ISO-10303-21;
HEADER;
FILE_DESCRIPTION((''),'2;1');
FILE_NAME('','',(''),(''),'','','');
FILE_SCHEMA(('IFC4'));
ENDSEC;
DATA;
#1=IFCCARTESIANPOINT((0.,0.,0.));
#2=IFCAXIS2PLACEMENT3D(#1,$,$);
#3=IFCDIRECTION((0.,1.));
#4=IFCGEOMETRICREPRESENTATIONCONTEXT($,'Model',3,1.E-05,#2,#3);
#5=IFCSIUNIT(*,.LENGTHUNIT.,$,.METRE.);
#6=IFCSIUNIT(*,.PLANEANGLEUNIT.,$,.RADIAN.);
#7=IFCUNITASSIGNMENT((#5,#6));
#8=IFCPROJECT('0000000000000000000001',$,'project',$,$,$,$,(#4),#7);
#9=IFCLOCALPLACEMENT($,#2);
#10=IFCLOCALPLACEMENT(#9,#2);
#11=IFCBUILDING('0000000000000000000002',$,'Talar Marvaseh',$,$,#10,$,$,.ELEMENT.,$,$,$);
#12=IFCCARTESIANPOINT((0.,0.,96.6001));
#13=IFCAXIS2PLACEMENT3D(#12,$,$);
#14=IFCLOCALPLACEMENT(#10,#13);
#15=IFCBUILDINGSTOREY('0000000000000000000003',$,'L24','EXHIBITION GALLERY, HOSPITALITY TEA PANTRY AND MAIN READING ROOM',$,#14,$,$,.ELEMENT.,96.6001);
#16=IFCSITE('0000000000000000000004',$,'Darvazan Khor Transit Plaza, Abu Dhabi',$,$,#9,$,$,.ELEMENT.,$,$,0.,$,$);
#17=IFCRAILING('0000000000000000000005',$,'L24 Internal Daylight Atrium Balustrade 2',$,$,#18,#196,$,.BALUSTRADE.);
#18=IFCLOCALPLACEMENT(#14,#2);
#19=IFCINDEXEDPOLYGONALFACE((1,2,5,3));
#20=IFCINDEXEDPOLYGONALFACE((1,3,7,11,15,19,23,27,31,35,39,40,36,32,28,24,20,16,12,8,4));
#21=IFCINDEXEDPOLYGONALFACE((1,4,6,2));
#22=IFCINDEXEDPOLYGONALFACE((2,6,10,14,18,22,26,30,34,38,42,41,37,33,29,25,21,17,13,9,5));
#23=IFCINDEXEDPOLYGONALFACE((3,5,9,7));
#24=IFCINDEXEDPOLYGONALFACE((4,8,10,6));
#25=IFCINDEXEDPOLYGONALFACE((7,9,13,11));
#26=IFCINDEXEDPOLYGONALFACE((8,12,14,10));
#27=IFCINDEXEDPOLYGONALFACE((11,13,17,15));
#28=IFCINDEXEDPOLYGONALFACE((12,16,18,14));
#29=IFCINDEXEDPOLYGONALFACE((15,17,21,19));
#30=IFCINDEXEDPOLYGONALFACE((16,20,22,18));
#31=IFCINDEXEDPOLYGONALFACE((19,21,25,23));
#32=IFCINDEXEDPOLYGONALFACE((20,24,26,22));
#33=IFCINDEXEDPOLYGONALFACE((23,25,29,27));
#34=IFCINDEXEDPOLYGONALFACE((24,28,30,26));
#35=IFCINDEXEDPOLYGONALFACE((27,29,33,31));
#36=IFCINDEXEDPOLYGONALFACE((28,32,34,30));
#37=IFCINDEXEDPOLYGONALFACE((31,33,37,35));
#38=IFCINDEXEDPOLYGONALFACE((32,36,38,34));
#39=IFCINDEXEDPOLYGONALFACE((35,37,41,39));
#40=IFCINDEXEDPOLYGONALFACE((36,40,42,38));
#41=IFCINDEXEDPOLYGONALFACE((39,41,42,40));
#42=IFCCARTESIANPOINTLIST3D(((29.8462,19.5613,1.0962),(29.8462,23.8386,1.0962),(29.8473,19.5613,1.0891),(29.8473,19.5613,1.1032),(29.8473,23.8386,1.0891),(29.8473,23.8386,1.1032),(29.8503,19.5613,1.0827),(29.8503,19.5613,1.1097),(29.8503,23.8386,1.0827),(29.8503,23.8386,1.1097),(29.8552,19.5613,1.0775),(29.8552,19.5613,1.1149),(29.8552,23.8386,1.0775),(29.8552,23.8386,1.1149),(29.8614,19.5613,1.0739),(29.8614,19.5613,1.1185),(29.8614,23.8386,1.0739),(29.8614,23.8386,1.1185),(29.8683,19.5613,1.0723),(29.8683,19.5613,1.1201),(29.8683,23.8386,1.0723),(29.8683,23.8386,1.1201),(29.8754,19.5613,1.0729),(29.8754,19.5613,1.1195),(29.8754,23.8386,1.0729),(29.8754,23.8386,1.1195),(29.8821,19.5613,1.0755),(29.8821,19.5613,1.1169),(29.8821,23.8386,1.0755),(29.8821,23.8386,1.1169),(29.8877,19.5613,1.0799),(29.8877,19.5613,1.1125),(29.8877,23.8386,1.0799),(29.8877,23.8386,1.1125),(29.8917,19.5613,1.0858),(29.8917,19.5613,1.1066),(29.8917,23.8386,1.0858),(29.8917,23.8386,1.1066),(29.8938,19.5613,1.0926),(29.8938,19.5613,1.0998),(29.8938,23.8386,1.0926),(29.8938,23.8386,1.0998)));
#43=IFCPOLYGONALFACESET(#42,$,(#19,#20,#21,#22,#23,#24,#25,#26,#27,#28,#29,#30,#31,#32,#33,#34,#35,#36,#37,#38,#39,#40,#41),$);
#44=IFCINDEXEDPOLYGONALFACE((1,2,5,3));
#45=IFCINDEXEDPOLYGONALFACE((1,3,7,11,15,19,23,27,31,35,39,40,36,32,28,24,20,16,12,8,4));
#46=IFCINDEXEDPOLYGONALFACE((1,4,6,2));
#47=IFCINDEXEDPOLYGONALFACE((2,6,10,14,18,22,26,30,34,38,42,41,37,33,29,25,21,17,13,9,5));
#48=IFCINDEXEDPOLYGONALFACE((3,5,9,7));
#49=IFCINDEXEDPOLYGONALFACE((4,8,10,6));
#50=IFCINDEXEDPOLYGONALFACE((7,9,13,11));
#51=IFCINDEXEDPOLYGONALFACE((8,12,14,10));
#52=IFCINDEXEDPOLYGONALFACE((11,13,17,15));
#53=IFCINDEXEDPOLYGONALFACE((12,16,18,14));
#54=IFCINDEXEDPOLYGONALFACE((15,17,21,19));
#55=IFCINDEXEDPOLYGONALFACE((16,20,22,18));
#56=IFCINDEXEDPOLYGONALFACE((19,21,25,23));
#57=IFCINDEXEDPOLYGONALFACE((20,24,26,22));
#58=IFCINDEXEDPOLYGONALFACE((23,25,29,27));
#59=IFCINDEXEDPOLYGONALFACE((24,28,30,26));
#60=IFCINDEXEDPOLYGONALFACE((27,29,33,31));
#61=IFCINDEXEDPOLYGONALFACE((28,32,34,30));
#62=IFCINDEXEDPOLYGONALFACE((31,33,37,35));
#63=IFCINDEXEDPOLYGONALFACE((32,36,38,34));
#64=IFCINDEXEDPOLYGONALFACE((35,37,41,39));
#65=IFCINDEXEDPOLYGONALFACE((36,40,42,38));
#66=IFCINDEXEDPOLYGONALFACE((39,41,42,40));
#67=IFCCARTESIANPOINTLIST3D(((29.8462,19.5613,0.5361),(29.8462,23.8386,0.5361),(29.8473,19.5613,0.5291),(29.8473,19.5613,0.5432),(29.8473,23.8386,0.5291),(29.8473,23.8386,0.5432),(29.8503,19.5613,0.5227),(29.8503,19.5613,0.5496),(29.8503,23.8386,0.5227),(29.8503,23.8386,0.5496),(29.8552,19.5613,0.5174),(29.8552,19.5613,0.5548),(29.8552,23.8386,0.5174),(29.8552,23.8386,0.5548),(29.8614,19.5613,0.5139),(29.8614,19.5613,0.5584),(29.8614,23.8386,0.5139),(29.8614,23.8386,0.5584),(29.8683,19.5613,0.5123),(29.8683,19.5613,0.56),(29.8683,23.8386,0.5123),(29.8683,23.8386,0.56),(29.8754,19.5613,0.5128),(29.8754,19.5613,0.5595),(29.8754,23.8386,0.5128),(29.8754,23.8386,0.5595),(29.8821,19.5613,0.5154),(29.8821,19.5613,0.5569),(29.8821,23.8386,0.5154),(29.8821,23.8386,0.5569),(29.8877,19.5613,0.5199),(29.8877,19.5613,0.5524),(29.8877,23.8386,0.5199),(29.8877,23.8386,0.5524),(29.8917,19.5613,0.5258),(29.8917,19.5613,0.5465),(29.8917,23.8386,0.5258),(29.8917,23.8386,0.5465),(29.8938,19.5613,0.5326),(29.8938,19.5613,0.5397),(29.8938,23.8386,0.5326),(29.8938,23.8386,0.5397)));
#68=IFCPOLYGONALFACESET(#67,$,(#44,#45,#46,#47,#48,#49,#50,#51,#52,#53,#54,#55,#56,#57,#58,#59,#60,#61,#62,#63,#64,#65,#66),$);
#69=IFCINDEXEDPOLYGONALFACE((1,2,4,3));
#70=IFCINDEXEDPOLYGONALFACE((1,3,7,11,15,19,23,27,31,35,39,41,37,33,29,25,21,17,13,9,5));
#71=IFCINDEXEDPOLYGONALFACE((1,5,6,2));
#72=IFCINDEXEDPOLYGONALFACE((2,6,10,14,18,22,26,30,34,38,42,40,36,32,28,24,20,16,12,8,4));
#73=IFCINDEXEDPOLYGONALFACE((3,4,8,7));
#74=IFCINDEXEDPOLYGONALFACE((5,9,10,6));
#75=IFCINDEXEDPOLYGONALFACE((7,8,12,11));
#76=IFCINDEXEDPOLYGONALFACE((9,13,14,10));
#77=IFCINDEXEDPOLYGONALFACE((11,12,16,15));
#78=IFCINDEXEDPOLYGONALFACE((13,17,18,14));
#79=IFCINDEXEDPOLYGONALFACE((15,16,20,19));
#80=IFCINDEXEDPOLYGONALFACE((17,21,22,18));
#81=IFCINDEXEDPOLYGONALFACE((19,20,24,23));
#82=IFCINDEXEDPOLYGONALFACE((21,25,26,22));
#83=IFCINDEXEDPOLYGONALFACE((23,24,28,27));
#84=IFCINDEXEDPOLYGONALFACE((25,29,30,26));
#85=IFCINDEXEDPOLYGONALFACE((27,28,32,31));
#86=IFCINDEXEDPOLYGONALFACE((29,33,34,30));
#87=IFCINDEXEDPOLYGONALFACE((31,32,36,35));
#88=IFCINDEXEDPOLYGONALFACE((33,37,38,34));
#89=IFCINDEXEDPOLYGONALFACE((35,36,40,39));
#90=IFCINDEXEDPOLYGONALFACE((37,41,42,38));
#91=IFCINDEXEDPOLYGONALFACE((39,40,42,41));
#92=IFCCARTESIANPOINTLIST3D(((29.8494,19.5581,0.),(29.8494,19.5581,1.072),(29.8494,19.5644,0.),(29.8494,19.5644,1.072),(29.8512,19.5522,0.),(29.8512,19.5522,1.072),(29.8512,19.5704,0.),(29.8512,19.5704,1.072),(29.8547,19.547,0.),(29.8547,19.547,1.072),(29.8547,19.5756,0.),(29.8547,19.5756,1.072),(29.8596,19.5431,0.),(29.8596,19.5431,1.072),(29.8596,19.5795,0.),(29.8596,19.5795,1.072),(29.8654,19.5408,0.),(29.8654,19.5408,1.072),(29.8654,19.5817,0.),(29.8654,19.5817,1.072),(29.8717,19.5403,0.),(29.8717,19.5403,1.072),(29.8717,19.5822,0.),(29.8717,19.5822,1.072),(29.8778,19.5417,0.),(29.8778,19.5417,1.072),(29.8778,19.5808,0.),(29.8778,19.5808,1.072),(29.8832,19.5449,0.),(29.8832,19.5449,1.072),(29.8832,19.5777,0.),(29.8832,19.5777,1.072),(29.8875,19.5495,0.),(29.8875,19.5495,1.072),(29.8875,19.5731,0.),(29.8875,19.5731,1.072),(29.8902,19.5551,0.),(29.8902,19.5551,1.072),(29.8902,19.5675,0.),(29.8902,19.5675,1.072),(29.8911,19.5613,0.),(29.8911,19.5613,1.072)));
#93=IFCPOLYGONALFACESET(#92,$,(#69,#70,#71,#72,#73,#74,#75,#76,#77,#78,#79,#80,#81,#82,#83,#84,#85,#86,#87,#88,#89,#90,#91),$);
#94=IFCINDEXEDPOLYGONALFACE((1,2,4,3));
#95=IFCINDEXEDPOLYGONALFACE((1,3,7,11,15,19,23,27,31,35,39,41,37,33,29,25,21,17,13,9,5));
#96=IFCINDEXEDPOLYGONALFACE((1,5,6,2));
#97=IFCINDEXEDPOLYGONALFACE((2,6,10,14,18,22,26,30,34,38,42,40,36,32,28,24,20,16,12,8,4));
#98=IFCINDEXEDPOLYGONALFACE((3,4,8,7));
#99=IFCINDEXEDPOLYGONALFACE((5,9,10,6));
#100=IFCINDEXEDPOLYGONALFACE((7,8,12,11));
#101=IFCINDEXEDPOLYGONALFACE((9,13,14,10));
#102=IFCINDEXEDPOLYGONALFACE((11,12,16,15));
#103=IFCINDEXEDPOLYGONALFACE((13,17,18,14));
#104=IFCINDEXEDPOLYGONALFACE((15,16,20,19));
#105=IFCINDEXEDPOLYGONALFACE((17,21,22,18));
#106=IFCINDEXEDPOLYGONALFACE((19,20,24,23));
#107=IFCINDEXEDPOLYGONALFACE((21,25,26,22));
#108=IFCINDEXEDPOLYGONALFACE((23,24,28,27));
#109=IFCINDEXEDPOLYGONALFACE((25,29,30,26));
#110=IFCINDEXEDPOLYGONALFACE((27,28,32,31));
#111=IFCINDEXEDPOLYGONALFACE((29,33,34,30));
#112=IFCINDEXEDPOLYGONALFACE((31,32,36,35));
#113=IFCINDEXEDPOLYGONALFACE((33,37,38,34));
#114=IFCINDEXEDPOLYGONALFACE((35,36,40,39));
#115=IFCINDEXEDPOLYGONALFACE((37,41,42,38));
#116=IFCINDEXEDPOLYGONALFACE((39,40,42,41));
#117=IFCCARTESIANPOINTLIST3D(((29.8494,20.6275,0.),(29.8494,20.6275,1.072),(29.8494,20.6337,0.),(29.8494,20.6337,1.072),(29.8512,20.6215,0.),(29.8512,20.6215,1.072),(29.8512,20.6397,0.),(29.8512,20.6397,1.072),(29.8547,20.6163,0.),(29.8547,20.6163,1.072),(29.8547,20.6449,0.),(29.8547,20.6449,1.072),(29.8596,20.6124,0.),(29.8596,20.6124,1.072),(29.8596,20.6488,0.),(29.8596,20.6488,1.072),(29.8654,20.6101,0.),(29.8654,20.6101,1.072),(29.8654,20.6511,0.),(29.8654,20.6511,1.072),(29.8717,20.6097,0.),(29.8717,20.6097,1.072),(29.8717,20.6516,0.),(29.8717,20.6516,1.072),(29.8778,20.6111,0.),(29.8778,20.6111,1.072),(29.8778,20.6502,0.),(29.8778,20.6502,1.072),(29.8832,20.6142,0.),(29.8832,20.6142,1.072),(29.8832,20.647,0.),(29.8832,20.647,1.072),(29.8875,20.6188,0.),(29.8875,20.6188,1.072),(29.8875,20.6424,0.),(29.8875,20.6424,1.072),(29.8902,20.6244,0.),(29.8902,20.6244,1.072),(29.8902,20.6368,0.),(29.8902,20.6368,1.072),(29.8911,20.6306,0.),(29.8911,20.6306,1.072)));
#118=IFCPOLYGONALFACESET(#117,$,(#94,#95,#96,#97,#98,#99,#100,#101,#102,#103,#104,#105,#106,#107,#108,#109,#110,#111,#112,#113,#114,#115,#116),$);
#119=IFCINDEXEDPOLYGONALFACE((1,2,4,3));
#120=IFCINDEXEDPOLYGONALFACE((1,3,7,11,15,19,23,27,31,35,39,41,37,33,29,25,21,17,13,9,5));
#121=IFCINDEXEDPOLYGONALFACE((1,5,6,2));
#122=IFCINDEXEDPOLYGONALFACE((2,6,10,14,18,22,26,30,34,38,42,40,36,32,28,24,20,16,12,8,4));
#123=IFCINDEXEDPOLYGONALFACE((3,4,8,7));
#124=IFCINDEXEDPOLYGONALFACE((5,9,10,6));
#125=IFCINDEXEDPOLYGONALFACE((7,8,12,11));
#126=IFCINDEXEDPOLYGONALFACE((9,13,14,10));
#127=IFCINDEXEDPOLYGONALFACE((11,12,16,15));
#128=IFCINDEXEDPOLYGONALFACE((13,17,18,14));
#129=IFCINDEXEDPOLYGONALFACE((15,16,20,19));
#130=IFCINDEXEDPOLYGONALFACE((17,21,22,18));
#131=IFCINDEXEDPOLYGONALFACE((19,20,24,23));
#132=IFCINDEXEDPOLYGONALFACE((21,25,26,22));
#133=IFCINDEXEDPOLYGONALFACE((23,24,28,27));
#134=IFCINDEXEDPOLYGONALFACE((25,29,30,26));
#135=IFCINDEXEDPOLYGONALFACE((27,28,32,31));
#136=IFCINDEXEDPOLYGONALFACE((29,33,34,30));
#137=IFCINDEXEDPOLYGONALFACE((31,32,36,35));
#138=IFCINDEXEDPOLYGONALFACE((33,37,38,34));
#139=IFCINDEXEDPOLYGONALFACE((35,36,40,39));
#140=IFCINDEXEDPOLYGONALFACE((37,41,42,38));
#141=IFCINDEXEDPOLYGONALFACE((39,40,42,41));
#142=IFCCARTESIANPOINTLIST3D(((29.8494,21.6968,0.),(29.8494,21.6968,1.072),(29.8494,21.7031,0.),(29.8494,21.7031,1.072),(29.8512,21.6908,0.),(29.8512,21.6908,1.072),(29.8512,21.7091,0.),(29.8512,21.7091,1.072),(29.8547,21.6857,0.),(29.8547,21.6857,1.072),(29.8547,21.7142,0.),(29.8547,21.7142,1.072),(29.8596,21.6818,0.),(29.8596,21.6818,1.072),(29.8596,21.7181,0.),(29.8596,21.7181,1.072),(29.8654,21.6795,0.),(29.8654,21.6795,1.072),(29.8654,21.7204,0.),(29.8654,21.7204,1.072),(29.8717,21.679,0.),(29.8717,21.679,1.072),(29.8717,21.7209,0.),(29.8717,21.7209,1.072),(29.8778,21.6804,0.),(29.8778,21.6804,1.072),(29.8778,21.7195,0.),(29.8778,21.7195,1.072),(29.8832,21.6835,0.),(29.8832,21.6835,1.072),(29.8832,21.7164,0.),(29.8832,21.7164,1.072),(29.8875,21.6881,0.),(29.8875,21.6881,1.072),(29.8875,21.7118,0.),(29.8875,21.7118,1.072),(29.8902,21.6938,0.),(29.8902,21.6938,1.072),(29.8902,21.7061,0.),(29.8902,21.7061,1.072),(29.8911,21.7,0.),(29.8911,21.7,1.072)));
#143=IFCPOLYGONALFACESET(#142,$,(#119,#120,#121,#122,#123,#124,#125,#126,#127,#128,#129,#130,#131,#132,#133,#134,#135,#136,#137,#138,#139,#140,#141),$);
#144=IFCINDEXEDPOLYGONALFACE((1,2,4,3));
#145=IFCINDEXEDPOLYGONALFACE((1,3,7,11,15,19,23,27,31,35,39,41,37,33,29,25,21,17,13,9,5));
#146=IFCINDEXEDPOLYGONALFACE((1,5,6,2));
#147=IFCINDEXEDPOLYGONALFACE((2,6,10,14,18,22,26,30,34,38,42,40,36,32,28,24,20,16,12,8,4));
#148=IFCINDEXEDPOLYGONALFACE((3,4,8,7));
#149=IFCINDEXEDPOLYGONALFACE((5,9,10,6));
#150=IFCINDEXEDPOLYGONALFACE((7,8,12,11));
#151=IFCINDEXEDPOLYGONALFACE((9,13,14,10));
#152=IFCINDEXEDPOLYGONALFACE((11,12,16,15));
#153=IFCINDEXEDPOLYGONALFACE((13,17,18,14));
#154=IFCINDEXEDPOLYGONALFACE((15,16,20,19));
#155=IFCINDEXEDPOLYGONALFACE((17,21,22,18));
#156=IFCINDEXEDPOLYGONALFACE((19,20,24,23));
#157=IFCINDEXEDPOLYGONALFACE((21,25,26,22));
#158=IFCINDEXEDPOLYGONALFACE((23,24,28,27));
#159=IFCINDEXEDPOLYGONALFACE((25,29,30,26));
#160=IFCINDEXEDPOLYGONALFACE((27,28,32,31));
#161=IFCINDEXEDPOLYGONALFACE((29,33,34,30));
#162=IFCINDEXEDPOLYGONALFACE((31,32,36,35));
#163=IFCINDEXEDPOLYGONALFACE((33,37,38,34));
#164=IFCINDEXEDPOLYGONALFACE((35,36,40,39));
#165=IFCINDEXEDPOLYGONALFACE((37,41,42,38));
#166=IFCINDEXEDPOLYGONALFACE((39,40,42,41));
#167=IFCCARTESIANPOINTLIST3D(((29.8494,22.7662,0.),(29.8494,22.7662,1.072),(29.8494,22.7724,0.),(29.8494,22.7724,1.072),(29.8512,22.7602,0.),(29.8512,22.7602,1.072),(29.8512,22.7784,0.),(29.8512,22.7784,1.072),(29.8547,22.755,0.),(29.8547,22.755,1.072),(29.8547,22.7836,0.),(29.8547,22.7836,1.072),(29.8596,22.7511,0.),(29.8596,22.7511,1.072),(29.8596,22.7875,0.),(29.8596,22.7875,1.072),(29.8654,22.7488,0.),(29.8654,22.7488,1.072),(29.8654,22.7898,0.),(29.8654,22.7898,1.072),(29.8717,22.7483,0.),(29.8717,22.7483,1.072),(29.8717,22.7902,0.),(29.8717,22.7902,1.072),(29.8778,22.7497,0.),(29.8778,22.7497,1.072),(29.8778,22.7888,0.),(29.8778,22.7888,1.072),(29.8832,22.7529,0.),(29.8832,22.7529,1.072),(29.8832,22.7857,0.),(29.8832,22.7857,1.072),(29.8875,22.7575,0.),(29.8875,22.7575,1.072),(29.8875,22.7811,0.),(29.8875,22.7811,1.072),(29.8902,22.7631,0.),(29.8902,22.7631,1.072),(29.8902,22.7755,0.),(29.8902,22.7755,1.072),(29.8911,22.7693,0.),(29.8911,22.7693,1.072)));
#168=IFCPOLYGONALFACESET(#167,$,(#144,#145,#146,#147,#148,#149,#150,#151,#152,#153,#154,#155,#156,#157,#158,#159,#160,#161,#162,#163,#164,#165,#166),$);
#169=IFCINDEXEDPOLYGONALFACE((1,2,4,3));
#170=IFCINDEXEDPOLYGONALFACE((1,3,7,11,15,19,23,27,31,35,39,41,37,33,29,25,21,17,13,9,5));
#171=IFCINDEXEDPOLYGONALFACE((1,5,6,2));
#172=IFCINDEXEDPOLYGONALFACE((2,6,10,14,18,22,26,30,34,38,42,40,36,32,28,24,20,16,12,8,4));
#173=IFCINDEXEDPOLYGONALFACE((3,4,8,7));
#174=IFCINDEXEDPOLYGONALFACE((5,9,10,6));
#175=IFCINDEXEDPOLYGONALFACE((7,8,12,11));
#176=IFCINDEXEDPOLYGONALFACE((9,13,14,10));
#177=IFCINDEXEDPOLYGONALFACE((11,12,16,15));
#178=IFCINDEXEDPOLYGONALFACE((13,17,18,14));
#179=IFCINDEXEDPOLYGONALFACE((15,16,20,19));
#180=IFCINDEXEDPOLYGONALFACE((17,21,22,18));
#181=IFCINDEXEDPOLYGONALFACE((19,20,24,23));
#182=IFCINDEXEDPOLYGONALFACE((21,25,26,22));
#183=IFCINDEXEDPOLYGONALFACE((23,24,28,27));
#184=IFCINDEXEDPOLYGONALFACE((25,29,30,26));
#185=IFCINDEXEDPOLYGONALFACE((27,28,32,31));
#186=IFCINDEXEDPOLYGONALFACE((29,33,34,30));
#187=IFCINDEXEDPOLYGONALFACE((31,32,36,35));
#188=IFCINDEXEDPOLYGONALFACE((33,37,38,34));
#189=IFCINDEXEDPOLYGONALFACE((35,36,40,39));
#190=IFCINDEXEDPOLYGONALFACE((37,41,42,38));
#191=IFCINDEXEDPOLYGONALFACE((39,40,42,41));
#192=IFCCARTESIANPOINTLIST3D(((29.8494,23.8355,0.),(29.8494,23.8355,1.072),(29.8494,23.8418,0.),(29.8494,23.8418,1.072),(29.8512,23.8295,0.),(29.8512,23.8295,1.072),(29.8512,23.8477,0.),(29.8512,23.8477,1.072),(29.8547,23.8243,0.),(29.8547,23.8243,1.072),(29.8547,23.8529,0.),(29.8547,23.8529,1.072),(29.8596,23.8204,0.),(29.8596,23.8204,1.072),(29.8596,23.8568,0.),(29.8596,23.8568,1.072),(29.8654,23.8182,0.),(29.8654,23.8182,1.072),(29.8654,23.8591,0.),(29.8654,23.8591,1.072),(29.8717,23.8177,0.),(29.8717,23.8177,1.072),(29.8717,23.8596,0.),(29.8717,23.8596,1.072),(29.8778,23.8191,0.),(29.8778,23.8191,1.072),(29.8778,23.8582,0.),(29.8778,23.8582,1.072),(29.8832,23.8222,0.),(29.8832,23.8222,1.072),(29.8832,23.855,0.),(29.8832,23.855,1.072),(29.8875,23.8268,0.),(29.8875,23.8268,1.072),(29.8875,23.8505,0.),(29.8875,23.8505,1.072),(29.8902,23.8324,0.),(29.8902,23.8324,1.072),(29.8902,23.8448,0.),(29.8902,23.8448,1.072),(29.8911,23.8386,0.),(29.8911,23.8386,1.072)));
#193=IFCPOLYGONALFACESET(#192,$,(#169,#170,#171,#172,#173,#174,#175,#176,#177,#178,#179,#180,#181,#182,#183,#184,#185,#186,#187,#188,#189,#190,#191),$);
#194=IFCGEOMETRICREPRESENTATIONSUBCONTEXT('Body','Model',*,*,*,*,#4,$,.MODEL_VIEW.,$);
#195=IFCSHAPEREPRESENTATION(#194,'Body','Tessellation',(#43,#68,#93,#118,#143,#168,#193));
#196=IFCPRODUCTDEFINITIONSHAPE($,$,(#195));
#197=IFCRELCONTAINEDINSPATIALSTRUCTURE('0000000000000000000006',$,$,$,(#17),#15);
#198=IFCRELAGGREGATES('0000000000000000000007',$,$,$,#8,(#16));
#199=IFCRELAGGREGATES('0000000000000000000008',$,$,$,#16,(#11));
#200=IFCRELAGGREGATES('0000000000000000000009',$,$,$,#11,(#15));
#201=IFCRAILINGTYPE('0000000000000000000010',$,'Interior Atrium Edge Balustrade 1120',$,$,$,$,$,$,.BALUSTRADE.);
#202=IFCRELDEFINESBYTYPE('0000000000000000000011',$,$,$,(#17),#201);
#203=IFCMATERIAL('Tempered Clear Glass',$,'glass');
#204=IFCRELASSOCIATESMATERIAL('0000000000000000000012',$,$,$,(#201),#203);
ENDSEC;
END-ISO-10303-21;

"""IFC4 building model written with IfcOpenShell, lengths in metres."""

from ifc_helpers import new_model, si_unit, direction, frame, origin, origin_2d, place, context, subcontext, project, spatial, circle, extrude, material, type_object, element, save


model = new_model("IFC4")

# Units and contexts
model_context = context("Model", 3, precision=1e-05, world=origin(), true_north=direction((0.0, 1.0)))
body_context = subcontext(model_context, "Body", "Model", "MODEL_VIEW")
ifc_project = project(units=[si_unit("LENGTHUNIT", "METRE"), si_unit("PLANEANGLEUNIT", "RADIAN")], contexts=[model_context])

# Site, building, storey
site_placement = place(None, origin())
site = spatial("IfcSite", under=ifc_project, at=site_placement, Name="Darvazan Khor Transit Plaza, Abu Dhabi", CompositionType="ELEMENT", RefElevation=0.0)
building_placement = place(site_placement, origin())
building = spatial("IfcBuilding", under=site, at=building_placement, Name="Talar Marvaseh", CompositionType="ELEMENT")
storey_placement = place(building_placement, frame((0.0, 0.0, 96.6001)))
storey = spatial("IfcBuildingStorey", under=building, at=storey_placement, Name="L24", Description="EXHIBITION GALLERY, HOSPITALITY TEA PANTRY AND MAIN READING ROOM", CompositionType="ELEMENT", Elevation=96.6001)

# Railing
ifc_material_1 = material(Name="Tempered Clear Glass", Category="glass")
railing_type_1 = type_object("IfcRailingType", Name="Interior Atrium Edge Balustrade 1120", PredefinedType="BALUSTRADE", material=ifc_material_1)
railing_1_placement = place(storey_placement, frame((29.8701, 19.5613, 0.0)))
element("IfcRailing", 1, at=railing_1_placement, inside=storey, type_object=railing_type_1, Name="L24 Internal Daylight Atrium Balustrade 2", PredefinedType="BALUSTRADE", context=body_context, shape_type="SweptSolid", body=[
    extrude(circle(Radius=0.0239, at=origin_2d()), frame((0.0, 0.0, 1.0962), z_axis=(0.0, 1.0, 0.0), x_axis=(-1.0, 0.0, 0.0)), (0.0, 0.0, 1.0), 4.2773),
    extrude(circle(Radius=0.0239, at=origin_2d()), frame((0.0, 0.0, 0.5361), z_axis=(0.0, 1.0, 0.0), x_axis=(-1.0, 0.0, 0.0)), (0.0, 0.0, 1.0), 4.2773),
    extrude(circle(Radius=0.021, at=origin_2d()), origin(), (0.0, 0.0, 1.0), 1.072),
    extrude(circle(Radius=0.021, at=origin_2d()), frame((0.0, 1.0693, 0.0)), (0.0, 0.0, 1.0), 1.072),
    extrude(circle(Radius=0.021, at=origin_2d()), frame((0.0, 2.1387, 0.0)), (0.0, 0.0, 1.0), 1.072),
    extrude(circle(Radius=0.021, at=origin_2d()), frame((0.0, 3.208, 0.0)), (0.0, 0.0, 1.0), 1.072),
    extrude(circle(Radius=0.021, at=origin_2d()), frame((0.0, 4.2773, 0.0)), (0.0, 0.0, 1.0), 1.072),
])

save(model, "model.ifc")
